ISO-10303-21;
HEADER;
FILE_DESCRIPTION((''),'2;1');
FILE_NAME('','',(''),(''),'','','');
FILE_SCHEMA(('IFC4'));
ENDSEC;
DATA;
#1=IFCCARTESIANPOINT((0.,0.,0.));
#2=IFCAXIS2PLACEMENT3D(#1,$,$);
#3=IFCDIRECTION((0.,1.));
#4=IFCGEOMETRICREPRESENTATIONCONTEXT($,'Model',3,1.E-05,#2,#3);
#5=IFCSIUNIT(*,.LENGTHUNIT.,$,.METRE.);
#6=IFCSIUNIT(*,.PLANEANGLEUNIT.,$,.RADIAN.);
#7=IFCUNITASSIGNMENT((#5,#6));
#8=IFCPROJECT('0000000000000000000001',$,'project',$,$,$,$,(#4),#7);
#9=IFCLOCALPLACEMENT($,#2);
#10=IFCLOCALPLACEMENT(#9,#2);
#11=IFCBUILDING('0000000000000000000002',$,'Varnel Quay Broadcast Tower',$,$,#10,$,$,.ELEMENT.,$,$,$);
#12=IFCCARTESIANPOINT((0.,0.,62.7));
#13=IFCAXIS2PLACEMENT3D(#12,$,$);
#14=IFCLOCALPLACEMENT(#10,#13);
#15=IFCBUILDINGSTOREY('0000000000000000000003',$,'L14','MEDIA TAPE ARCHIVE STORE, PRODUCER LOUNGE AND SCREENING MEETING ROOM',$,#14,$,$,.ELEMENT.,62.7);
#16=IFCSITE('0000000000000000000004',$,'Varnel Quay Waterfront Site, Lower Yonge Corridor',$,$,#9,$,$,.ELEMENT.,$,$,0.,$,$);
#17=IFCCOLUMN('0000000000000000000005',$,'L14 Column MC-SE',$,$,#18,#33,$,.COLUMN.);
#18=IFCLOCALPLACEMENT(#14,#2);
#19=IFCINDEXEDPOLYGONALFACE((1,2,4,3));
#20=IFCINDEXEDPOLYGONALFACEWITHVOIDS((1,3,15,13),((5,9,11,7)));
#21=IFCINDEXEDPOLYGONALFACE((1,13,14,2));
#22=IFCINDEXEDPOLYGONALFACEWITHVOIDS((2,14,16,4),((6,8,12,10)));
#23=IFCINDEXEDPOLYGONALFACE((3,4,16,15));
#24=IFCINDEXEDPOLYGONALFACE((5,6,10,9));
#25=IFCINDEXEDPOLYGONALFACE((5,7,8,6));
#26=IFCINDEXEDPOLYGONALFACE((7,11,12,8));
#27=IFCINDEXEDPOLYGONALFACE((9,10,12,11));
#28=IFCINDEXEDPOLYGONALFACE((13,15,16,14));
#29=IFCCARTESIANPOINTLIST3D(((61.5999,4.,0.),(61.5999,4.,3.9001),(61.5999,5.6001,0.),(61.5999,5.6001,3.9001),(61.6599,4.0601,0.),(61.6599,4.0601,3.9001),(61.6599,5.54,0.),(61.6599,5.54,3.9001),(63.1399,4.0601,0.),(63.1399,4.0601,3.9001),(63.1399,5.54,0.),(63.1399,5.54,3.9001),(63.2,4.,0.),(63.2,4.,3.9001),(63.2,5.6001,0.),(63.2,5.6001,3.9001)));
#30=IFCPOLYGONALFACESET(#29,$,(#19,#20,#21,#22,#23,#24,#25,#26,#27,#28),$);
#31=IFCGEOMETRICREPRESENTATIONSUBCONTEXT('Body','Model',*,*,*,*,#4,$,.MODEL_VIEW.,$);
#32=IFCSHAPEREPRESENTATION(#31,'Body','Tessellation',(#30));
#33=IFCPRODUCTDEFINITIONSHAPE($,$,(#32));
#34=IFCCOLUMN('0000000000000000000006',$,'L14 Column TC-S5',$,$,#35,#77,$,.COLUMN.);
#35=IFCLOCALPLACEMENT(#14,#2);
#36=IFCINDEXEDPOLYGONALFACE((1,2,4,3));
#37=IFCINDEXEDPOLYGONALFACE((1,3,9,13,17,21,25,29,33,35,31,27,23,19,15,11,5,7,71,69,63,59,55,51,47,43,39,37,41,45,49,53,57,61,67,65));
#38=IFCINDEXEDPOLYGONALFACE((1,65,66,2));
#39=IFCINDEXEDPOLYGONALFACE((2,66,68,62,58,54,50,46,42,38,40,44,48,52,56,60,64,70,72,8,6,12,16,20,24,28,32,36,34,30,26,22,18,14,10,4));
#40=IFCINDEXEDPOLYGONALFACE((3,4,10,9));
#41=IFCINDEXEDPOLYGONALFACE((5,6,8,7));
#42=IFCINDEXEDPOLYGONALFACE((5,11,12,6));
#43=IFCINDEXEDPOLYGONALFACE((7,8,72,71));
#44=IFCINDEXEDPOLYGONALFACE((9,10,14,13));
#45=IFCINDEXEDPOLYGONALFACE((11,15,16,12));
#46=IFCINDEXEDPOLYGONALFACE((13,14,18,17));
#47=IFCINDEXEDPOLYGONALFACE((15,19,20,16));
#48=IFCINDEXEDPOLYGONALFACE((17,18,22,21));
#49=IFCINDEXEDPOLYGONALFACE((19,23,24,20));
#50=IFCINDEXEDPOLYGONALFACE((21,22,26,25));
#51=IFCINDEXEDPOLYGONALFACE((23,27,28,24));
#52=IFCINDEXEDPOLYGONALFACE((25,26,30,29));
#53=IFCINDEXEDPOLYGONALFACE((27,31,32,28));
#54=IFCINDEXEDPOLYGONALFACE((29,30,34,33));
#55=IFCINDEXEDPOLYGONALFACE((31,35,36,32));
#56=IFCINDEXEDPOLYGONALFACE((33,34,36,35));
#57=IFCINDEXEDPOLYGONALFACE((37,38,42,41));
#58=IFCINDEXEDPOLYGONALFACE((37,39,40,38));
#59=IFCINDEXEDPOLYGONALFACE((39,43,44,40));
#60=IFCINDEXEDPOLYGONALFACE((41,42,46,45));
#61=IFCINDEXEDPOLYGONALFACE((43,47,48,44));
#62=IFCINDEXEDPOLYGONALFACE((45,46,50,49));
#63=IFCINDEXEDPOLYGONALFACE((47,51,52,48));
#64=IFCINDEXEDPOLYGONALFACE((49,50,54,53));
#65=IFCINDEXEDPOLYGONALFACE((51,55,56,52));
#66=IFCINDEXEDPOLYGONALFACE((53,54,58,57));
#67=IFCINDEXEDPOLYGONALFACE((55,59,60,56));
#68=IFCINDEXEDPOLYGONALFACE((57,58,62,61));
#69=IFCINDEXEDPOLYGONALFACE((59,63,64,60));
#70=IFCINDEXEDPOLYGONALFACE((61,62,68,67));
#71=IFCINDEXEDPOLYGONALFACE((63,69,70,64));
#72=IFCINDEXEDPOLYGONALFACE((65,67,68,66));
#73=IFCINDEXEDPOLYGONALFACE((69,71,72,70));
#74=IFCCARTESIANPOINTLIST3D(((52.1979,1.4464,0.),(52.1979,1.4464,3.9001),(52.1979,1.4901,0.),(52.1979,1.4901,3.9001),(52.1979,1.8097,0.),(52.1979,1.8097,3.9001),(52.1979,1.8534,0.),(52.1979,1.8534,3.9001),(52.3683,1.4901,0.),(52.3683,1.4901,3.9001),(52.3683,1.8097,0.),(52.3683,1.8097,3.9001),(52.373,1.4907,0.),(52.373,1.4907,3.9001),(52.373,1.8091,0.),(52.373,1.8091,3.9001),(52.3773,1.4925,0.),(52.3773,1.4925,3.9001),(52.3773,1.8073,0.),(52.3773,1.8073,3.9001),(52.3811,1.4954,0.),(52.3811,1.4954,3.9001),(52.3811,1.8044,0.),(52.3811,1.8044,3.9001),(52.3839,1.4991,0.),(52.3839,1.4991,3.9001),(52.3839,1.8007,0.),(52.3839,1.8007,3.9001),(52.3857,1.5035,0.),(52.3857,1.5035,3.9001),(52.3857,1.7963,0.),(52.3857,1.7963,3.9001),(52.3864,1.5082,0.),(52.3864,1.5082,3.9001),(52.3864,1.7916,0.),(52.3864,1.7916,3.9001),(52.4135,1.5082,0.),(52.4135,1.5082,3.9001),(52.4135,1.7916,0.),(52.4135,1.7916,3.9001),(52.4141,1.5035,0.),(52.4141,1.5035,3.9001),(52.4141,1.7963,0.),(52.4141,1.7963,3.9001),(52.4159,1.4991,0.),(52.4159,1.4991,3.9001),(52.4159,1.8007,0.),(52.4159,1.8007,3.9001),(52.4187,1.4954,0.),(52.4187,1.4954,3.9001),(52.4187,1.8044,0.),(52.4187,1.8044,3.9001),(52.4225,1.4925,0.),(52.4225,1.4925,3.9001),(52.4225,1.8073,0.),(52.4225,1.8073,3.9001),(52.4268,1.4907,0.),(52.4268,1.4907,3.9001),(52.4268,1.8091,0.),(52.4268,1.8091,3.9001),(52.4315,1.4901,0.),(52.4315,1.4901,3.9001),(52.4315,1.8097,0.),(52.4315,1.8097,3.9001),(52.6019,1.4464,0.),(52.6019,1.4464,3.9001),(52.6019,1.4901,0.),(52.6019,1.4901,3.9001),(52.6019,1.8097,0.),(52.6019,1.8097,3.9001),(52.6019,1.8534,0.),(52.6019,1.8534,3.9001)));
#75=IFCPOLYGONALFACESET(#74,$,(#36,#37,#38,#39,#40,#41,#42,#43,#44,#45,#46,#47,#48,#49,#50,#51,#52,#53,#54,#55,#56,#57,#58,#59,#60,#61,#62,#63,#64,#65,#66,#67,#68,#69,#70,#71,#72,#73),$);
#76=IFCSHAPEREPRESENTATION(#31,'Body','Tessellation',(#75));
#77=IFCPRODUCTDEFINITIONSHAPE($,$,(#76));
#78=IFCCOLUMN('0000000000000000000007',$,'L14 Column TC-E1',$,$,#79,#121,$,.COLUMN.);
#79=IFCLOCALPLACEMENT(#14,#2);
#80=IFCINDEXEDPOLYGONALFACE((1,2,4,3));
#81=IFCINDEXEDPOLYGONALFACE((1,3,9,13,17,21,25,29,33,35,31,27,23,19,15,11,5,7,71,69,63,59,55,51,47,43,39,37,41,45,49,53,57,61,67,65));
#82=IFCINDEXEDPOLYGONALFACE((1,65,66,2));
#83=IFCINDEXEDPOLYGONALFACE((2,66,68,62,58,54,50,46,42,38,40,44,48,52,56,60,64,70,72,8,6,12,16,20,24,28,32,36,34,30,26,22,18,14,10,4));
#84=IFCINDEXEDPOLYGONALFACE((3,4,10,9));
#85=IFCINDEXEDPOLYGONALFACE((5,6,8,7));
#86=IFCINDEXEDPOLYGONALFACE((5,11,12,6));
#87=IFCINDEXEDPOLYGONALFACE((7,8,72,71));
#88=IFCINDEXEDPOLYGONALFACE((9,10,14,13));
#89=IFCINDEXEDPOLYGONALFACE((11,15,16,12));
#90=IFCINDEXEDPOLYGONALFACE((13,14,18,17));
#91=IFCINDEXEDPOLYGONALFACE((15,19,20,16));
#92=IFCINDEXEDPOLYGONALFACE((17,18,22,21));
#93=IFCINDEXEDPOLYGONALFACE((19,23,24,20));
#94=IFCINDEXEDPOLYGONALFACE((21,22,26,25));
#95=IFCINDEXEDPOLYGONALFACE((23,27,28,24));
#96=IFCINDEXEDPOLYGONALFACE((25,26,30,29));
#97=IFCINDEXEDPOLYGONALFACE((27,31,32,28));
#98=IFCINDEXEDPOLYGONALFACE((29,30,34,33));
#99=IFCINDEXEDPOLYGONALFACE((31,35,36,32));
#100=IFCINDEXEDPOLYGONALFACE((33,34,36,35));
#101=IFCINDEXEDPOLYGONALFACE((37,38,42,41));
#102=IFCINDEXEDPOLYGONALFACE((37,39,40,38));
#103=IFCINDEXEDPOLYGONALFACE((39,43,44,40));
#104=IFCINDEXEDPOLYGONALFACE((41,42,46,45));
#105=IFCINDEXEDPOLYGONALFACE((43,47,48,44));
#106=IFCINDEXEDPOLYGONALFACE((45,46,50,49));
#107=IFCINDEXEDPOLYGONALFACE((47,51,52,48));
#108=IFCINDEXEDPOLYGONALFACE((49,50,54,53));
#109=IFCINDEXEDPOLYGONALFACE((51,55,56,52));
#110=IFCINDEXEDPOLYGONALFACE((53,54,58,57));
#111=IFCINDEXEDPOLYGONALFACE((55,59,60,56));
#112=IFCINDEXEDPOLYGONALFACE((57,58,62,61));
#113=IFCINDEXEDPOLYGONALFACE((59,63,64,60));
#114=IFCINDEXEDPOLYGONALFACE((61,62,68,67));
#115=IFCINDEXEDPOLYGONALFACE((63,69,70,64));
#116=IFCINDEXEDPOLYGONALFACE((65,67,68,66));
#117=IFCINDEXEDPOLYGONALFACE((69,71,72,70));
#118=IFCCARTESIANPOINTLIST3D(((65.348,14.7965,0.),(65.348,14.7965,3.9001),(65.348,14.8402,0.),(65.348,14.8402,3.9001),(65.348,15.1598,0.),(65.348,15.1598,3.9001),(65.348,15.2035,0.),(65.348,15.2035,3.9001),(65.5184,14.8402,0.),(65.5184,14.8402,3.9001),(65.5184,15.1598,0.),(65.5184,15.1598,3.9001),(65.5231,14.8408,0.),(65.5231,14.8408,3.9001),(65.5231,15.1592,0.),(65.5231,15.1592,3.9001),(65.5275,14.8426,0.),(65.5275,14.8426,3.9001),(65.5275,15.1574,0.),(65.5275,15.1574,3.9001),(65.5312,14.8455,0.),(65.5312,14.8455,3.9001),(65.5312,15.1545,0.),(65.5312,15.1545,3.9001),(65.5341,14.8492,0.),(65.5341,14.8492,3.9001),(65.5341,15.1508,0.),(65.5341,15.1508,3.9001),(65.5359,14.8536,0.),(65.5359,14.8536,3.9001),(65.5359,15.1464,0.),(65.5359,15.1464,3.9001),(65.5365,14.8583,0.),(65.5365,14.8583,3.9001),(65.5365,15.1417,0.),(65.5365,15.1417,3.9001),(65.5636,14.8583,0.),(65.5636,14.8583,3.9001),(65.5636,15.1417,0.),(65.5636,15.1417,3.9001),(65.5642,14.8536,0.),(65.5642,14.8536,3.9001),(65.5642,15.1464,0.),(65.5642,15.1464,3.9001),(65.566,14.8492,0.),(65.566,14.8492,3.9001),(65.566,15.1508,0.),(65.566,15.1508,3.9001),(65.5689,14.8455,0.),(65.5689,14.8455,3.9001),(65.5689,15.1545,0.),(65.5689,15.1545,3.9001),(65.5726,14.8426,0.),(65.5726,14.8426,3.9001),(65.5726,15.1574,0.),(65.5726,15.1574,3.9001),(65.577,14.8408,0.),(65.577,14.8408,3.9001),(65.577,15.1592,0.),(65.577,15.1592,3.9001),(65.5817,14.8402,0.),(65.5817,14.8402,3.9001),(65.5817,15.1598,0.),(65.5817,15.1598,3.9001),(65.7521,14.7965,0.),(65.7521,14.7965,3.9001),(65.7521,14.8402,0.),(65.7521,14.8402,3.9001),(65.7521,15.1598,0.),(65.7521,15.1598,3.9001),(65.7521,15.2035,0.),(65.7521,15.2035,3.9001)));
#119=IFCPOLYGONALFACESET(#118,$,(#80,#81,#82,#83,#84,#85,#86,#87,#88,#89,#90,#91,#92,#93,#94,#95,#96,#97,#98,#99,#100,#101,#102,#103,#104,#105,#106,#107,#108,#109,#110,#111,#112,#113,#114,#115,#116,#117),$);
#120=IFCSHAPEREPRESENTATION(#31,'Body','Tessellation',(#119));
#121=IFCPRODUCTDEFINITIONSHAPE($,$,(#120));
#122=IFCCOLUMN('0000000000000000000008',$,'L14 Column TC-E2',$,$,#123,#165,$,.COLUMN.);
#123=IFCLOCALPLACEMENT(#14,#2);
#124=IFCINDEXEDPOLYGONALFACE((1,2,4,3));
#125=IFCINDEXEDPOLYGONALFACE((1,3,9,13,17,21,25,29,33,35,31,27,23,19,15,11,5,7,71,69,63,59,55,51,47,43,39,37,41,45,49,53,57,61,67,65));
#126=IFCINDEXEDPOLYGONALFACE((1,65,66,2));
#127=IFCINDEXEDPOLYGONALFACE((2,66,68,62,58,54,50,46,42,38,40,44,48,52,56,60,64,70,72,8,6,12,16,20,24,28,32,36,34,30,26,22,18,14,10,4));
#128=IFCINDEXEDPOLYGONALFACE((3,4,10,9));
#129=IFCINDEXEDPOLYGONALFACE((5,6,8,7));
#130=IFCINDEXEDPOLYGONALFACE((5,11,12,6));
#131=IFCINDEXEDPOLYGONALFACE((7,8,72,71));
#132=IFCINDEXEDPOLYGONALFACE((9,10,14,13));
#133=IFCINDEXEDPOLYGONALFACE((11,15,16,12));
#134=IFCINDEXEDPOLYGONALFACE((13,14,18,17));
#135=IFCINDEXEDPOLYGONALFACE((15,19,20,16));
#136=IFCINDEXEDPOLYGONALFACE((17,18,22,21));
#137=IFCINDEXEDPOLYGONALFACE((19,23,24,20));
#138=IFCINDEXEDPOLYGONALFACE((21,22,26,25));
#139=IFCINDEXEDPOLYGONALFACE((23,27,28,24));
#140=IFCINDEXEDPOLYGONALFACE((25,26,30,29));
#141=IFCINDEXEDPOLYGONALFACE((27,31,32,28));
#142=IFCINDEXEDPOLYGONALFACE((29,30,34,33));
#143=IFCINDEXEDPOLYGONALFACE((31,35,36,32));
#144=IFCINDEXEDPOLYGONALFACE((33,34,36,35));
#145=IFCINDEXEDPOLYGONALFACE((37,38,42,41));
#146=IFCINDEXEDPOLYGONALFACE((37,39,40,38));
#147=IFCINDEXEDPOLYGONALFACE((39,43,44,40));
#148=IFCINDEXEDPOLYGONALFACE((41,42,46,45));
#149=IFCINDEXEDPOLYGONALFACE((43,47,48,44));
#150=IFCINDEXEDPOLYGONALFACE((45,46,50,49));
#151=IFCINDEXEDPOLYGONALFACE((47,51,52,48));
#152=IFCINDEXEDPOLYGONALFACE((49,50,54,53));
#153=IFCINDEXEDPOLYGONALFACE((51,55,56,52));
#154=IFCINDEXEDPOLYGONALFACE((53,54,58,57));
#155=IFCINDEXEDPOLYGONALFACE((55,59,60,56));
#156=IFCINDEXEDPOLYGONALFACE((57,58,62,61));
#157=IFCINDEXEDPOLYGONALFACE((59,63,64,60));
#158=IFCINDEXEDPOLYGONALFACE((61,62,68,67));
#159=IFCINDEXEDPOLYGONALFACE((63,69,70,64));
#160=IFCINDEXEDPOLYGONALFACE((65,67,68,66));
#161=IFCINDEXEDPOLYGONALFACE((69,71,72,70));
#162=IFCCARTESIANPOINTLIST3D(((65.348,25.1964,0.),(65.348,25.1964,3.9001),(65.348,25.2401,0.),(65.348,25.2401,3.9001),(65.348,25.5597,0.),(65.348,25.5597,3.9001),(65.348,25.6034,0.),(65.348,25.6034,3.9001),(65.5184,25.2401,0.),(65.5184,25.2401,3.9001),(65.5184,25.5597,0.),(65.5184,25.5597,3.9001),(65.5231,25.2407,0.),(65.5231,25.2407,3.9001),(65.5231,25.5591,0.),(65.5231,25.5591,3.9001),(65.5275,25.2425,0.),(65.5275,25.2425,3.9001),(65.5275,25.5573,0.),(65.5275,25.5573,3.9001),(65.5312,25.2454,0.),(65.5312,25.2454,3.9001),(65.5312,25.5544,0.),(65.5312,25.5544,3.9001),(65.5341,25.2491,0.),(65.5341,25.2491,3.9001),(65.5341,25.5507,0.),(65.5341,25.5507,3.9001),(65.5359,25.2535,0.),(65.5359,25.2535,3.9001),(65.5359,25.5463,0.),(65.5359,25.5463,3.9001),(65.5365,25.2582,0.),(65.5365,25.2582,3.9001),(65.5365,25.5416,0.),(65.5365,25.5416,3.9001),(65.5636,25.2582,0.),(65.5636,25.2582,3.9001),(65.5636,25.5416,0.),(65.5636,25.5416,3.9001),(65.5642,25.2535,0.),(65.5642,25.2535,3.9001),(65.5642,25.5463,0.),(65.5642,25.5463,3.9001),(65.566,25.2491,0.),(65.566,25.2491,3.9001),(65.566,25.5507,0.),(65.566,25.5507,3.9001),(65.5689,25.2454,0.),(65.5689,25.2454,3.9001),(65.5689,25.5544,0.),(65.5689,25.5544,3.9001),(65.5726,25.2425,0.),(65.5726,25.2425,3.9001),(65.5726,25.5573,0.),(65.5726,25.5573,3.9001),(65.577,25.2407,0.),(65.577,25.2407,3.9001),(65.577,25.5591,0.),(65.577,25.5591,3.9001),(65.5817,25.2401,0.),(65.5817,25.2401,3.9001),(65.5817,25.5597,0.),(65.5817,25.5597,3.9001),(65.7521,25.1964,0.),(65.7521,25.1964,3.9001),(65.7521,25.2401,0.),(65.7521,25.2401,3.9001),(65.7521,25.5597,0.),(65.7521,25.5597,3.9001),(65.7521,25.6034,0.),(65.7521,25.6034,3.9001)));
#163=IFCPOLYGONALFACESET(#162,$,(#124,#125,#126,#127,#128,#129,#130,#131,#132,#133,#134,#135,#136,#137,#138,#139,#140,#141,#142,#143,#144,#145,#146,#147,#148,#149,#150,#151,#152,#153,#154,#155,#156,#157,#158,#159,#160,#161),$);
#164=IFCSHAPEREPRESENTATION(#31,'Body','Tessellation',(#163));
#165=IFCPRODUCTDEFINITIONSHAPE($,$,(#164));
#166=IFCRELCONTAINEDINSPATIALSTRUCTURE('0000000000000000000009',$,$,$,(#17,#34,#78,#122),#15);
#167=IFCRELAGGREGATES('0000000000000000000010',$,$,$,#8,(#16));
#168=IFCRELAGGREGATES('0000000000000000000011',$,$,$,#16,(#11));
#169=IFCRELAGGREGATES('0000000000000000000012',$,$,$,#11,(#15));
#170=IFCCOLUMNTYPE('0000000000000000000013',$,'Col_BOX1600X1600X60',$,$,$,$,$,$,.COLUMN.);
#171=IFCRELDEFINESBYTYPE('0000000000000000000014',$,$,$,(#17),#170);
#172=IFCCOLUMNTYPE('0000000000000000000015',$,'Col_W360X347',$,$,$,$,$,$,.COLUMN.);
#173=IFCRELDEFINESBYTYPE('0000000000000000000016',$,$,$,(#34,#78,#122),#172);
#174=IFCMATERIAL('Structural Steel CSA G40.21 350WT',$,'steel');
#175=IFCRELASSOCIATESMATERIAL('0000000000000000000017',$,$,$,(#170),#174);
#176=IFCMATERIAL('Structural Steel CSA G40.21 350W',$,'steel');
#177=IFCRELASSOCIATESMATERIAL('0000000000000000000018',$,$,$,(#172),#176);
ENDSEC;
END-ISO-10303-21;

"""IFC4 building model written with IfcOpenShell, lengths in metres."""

from ifc_helpers import new_model, si_unit, direction, frame, origin, origin_2d, place, context, subcontext, project, spatial, hollow_rectangle, i_section, extrude, source, transform, mapped, material, material_profile, profile_set, type_object, type_shapes, element, save


model = new_model("IFC4")

# Units and contexts
model_context = context("Model", 3, precision=1e-05, world=origin(), true_north=direction((0.0, 1.0)))
body_context = subcontext(model_context, "Body", "Model", "MODEL_VIEW")
ifc_project = project(units=[si_unit("LENGTHUNIT", "METRE"), si_unit("PLANEANGLEUNIT", "RADIAN")], contexts=[model_context])

# Site, building, storey
site_placement = place(None, origin())
site = spatial("IfcSite", under=ifc_project, at=site_placement, Name="Varnel Quay Waterfront Site, Lower Yonge Corridor", CompositionType="ELEMENT", RefElevation=0.0)
building_placement = place(site_placement, origin())
building = spatial("IfcBuilding", under=site, at=building_placement, Name="Varnel Quay Broadcast Tower", CompositionType="ELEMENT")
storey_placement = place(building_placement, frame((0.0, 0.0, 62.7)))
storey = spatial("IfcBuildingStorey", under=building, at=storey_placement, Name="L14", Description="MEDIA TAPE ARCHIVE STORE, PRODUCER LOUNGE AND SCREENING MEETING ROOM", CompositionType="ELEMENT", Elevation=62.7)

# Columns
ifc_material_1 = material(Name="Structural Steel CSA G40.21 350WT", Category="steel")
ifc_material_profile_1 = material_profile(ifc_material_1, hollow_rectangle(XDim=1.6001, YDim=1.6001, WallThickness=0.0601, at=origin_2d()), Name="BOX1600X1600X60")
ifc_profile_set_1 = profile_set([ifc_material_profile_1], Name="Structural Steel CSA G40.21 350WT")
column_type_1 = type_object("IfcColumnType", Name="Col_BOX1600X1600X60", PredefinedType="COLUMN", material=ifc_profile_set_1)
shared_shape_1 = source(origin(), body_context, "Body", "SweptSolid", [
    extrude(hollow_rectangle(XDim=1.6001, YDim=1.6001, WallThickness=0.0601, at=origin_2d()), origin(), (0.0, 0.0, 1.0), 3.9001),
])
type_shapes(column_type_1, [shared_shape_1])
column_placement = place(storey_placement, frame((62.3999, 4.8, 0.0), z_axis=(0.0, 0.0, 1.0), x_axis=(1.0, 0.0, 0.0)))
element("IfcColumn", 1, at=column_placement, inside=storey, type_object=column_type_1, Name="L14 Column MC-SE", PredefinedType="COLUMN", context=body_context, shape_type="MappedRepresentation", body=[
    mapped(shared_shape_1, transform((0.0, 0.0, 0.0), x_axis=(1.0, 0.0, 0.0), y_axis=(0.0, 1.0, 0.0), z_axis=(0.0, 0.0, 1.0), scale=1.0)),
])
ifc_material_2 = material(Name="Structural Steel CSA G40.21 350W", Category="steel")
ifc_material_profile_2 = material_profile(ifc_material_2, i_section(OverallWidth=0.4041, OverallDepth=0.407, WebThickness=0.0271, FlangeThickness=0.0437, FilletRadius=0.0181, at=origin_2d()), Name="W360X347")
ifc_profile_set_2 = profile_set([ifc_material_profile_2], Name="Structural Steel CSA G40.21 350W")
column_type_2 = type_object("IfcColumnType", Name="Col_W360X347", PredefinedType="COLUMN", material=ifc_profile_set_2)
shared_shape_2 = source(origin(), body_context, "Body", "SweptSolid", [
    extrude(i_section(OverallWidth=0.4041, OverallDepth=0.407, WebThickness=0.0271, FlangeThickness=0.0437, FilletRadius=0.0181, at=origin_2d()), origin(), (0.0, 0.0, 1.0), 3.9001),
])
type_shapes(column_type_2, [shared_shape_2])
for number, where, z_axis, x_axis, name in (
    (2, (52.3999, 1.6499, 0.0), (0.0, 0.0, 1.0), (1.0, 0.0, 0.0), "L14 Column TC-S5"),
    (3, (65.55, 15.0, 0.0), (0.0, 0.0, 1.0), (1.0, 0.0, 0.0), "L14 Column TC-E1"),
    (4, (65.55, 25.3999, 0.0), (0.0, 0.0, 1.0), (1.0, 0.0, 0.0), "L14 Column TC-E2"),
):
    element("IfcColumn", number, at=place(storey_placement, frame(where, z_axis=z_axis, x_axis=x_axis)), inside=storey, type_object=column_type_2, Name=name, PredefinedType="COLUMN", context=body_context, shape_type="MappedRepresentation", body=[
        mapped(shared_shape_2, transform((0.0, 0.0, 0.0), x_axis=(1.0, 0.0, 0.0), y_axis=(0.0, 1.0, 0.0), z_axis=(0.0, 0.0, 1.0), scale=1.0)),
    ])

save(model, "model.ifc")
